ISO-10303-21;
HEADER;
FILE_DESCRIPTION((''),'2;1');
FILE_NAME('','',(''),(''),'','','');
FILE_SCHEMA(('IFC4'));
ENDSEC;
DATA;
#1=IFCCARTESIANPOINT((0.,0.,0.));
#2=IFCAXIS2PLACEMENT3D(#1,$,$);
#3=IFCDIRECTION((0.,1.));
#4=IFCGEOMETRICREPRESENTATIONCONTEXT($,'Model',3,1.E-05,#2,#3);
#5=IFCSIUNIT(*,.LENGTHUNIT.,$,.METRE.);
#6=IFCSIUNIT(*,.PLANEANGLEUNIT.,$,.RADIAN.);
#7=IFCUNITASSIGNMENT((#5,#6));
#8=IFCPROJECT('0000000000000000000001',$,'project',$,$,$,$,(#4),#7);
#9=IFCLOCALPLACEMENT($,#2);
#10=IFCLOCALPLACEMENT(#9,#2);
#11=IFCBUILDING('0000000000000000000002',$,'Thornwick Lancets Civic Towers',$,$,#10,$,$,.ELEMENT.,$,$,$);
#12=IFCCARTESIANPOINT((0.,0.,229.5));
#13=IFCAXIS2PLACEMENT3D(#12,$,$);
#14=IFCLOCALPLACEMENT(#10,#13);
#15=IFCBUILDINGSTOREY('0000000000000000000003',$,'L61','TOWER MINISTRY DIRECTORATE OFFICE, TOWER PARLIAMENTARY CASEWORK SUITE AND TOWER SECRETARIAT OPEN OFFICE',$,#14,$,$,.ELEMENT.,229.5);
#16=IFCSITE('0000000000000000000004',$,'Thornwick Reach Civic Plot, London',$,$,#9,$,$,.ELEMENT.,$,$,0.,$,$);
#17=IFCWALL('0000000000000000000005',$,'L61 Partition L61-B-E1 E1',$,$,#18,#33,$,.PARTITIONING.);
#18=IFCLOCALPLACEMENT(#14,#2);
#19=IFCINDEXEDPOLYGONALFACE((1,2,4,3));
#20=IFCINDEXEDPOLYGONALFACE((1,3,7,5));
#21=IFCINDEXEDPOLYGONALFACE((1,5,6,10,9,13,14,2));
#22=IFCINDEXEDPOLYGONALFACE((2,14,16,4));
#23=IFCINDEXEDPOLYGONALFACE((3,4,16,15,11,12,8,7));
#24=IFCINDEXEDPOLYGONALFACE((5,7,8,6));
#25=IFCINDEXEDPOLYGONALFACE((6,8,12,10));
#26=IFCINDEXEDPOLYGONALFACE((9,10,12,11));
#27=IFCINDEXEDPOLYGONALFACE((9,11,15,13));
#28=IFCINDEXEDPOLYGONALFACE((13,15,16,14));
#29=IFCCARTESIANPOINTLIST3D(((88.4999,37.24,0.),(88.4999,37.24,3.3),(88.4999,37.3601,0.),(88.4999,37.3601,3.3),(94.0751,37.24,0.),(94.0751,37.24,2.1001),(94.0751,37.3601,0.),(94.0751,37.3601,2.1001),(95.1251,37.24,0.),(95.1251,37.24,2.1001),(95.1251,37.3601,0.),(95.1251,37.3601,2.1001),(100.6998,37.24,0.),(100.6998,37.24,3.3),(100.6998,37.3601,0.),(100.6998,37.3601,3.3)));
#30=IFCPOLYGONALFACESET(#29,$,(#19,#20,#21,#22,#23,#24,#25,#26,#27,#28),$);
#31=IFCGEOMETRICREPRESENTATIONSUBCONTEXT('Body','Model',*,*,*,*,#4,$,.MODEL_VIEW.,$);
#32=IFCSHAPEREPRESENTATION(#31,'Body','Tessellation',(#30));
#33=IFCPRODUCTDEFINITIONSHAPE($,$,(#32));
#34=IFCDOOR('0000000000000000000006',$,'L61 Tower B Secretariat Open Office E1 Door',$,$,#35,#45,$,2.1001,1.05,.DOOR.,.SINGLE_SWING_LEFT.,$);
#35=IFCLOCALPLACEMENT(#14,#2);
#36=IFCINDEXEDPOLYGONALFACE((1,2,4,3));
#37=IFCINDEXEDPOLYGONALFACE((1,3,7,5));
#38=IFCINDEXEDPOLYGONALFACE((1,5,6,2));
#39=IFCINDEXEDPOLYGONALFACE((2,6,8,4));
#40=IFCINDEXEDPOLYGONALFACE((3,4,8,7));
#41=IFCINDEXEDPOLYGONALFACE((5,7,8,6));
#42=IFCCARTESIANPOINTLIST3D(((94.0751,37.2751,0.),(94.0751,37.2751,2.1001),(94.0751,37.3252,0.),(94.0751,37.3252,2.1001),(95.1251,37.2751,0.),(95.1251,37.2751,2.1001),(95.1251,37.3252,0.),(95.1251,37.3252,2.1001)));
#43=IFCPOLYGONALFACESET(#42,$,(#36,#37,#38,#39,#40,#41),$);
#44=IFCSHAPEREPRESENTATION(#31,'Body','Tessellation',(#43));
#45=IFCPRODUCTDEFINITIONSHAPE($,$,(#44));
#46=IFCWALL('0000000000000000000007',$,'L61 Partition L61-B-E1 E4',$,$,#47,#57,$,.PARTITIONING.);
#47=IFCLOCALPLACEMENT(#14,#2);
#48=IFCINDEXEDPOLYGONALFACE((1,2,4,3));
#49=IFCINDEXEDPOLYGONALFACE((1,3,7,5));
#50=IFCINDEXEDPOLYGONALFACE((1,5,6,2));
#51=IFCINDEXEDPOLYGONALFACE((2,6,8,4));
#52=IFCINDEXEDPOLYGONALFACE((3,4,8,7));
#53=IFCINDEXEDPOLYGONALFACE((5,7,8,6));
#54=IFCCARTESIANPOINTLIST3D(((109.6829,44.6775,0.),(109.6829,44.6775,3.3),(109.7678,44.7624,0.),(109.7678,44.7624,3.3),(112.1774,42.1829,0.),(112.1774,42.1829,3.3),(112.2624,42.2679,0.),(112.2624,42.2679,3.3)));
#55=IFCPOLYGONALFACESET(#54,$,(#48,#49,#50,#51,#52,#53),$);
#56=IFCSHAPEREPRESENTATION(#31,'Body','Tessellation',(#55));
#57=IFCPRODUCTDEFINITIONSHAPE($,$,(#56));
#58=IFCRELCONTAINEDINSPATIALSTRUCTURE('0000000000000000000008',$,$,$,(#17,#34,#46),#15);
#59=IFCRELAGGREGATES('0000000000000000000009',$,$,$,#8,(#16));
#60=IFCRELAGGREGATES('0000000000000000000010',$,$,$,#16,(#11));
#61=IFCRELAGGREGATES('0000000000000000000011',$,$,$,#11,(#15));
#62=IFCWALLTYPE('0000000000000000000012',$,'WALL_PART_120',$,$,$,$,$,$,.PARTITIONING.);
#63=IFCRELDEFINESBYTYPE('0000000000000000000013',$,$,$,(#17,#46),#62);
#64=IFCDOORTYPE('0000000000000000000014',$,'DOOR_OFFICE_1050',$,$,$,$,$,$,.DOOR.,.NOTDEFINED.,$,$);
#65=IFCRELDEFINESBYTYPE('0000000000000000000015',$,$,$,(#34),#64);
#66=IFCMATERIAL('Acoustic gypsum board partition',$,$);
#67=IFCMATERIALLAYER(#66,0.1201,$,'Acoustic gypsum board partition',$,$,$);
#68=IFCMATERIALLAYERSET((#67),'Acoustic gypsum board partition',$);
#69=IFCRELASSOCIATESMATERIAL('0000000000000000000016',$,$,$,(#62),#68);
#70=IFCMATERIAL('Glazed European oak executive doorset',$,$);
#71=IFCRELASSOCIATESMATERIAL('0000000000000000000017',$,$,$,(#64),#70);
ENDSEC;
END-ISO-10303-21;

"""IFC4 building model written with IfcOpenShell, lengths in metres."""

from ifc_helpers import new_model, si_unit, direction, frame, frame_2d, origin, place, context, subcontext, project, spatial, rectangle, extrude, material, layer, layer_set, type_object, element, fill, save


model = new_model("IFC4")

# Units and contexts
model_context = context("Model", 3, precision=1e-05, world=origin(), true_north=direction((0.0, 1.0)))
body_context = subcontext(model_context, "Body", "Model", "MODEL_VIEW")
ifc_project = project(units=[si_unit("LENGTHUNIT", "METRE"), si_unit("PLANEANGLEUNIT", "RADIAN")], contexts=[model_context])

# Site, building, storey
site_placement = place(None, origin())
site = spatial("IfcSite", under=ifc_project, at=site_placement, Name="Thornwick Reach Civic Plot, London", CompositionType="ELEMENT", RefElevation=0.0)
building_placement = place(site_placement, origin())
building = spatial("IfcBuilding", under=site, at=building_placement, Name="Thornwick Lancets Civic Towers", CompositionType="ELEMENT")
storey_placement = place(building_placement, frame((0.0, 0.0, 229.5)))
storey = spatial("IfcBuildingStorey", under=building, at=storey_placement, Name="L61", Description="TOWER MINISTRY DIRECTORATE OFFICE, TOWER PARLIAMENTARY CASEWORK SUITE AND TOWER SECRETARIAT OPEN OFFICE", CompositionType="ELEMENT", Elevation=229.5)

# Shared definitions
ifc_material_1 = material(Name="Acoustic gypsum board partition")
ifc_layer_1 = layer(ifc_material_1, 0.1201, Name="Acoustic gypsum board partition")
ifc_layer_set_1 = layer_set([ifc_layer_1], Name="Acoustic gypsum board partition")
wall_type_1 = type_object("IfcWallType", Name="WALL_PART_120", PredefinedType="PARTITIONING", material=ifc_layer_set_1)

# Wall, opening, door
wall_1_placement = place(storey_placement, frame((100.7, 37.3, 0.0), z_axis=(0.0, 0.0, 1.0), x_axis=(-1.0, 0.0, 0.0)))
wall_1 = element("IfcWall", 1, at=wall_1_placement, inside=storey, type_object=wall_type_1, Name="L61 Partition L61-B-E1 E1", PredefinedType="PARTITIONING", context=body_context, shape_type="SweptSolid", body=[
    extrude(rectangle(XDim=12.2, YDim=0.1201, at=frame_2d((6.1001, 0.0))), origin(), (0.0, 0.0, 1.0), 3.3),
])
opening_1_placement = place(wall_1_placement, frame((5.575, 0.0, 0.0)))
opening_1 = element("IfcOpeningElement", 2, at=opening_1_placement, cuts=wall_1, PredefinedType="OPENING", context=body_context, shape_type="SweptSolid", body=[
    extrude(rectangle(XDim=1.05, YDim=2.1001, at=frame_2d((0.5249, 1.05))), frame((0.0, 0.0701, 0.0), z_axis=(0.0, -1.0, 0.0), x_axis=(1.0, 0.0, 0.0)), (0.0, 0.0, 1.0), 0.1401),
])
ifc_material_2 = material(Name="Glazed European oak executive doorset")
door_type_1 = type_object("IfcDoorType", Name="DOOR_OFFICE_1050", OperationType="NOTDEFINED", PredefinedType="DOOR", material=ifc_material_2)
door_1_placement = place(opening_1_placement, origin())
door_1 = element("IfcDoor", 3, at=door_1_placement, inside=storey, type_object=door_type_1, Name="L61 Tower B Secretariat Open Office E1 Door", OperationType="SINGLE_SWING_LEFT", OverallHeight=2.1001, OverallWidth=1.05, PredefinedType="DOOR", context=body_context, shape_type="SweptSolid", body=[
    extrude(rectangle(XDim=1.05, YDim=2.1001, at=frame_2d((0.5249, 1.05))), frame((0.0, 0.0249, 0.0), z_axis=(0.0, -1.0, 0.0), x_axis=(1.0, 0.0, 0.0)), (0.0, 0.0, 1.0), 0.05),
])
fill(opening_1, door_1)

# Wall
wall_2_placement = place(storey_placement, frame((109.7253, 44.72, 0.0), z_axis=(0.0, 0.0, 1.0), x_axis=(0.707107, -0.707107, 0.0)))
element("IfcWall", 4, at=wall_2_placement, inside=storey, type_object=wall_type_1, Name="L61 Partition L61-B-E1 E4", PredefinedType="PARTITIONING", context=body_context, shape_type="SweptSolid", body=[
    extrude(rectangle(XDim=3.5278, YDim=0.1201, at=frame_2d((1.7639, 0.0))), origin(), (0.0, 0.0, 1.0), 3.3),
])

save(model, "model.ifc")
